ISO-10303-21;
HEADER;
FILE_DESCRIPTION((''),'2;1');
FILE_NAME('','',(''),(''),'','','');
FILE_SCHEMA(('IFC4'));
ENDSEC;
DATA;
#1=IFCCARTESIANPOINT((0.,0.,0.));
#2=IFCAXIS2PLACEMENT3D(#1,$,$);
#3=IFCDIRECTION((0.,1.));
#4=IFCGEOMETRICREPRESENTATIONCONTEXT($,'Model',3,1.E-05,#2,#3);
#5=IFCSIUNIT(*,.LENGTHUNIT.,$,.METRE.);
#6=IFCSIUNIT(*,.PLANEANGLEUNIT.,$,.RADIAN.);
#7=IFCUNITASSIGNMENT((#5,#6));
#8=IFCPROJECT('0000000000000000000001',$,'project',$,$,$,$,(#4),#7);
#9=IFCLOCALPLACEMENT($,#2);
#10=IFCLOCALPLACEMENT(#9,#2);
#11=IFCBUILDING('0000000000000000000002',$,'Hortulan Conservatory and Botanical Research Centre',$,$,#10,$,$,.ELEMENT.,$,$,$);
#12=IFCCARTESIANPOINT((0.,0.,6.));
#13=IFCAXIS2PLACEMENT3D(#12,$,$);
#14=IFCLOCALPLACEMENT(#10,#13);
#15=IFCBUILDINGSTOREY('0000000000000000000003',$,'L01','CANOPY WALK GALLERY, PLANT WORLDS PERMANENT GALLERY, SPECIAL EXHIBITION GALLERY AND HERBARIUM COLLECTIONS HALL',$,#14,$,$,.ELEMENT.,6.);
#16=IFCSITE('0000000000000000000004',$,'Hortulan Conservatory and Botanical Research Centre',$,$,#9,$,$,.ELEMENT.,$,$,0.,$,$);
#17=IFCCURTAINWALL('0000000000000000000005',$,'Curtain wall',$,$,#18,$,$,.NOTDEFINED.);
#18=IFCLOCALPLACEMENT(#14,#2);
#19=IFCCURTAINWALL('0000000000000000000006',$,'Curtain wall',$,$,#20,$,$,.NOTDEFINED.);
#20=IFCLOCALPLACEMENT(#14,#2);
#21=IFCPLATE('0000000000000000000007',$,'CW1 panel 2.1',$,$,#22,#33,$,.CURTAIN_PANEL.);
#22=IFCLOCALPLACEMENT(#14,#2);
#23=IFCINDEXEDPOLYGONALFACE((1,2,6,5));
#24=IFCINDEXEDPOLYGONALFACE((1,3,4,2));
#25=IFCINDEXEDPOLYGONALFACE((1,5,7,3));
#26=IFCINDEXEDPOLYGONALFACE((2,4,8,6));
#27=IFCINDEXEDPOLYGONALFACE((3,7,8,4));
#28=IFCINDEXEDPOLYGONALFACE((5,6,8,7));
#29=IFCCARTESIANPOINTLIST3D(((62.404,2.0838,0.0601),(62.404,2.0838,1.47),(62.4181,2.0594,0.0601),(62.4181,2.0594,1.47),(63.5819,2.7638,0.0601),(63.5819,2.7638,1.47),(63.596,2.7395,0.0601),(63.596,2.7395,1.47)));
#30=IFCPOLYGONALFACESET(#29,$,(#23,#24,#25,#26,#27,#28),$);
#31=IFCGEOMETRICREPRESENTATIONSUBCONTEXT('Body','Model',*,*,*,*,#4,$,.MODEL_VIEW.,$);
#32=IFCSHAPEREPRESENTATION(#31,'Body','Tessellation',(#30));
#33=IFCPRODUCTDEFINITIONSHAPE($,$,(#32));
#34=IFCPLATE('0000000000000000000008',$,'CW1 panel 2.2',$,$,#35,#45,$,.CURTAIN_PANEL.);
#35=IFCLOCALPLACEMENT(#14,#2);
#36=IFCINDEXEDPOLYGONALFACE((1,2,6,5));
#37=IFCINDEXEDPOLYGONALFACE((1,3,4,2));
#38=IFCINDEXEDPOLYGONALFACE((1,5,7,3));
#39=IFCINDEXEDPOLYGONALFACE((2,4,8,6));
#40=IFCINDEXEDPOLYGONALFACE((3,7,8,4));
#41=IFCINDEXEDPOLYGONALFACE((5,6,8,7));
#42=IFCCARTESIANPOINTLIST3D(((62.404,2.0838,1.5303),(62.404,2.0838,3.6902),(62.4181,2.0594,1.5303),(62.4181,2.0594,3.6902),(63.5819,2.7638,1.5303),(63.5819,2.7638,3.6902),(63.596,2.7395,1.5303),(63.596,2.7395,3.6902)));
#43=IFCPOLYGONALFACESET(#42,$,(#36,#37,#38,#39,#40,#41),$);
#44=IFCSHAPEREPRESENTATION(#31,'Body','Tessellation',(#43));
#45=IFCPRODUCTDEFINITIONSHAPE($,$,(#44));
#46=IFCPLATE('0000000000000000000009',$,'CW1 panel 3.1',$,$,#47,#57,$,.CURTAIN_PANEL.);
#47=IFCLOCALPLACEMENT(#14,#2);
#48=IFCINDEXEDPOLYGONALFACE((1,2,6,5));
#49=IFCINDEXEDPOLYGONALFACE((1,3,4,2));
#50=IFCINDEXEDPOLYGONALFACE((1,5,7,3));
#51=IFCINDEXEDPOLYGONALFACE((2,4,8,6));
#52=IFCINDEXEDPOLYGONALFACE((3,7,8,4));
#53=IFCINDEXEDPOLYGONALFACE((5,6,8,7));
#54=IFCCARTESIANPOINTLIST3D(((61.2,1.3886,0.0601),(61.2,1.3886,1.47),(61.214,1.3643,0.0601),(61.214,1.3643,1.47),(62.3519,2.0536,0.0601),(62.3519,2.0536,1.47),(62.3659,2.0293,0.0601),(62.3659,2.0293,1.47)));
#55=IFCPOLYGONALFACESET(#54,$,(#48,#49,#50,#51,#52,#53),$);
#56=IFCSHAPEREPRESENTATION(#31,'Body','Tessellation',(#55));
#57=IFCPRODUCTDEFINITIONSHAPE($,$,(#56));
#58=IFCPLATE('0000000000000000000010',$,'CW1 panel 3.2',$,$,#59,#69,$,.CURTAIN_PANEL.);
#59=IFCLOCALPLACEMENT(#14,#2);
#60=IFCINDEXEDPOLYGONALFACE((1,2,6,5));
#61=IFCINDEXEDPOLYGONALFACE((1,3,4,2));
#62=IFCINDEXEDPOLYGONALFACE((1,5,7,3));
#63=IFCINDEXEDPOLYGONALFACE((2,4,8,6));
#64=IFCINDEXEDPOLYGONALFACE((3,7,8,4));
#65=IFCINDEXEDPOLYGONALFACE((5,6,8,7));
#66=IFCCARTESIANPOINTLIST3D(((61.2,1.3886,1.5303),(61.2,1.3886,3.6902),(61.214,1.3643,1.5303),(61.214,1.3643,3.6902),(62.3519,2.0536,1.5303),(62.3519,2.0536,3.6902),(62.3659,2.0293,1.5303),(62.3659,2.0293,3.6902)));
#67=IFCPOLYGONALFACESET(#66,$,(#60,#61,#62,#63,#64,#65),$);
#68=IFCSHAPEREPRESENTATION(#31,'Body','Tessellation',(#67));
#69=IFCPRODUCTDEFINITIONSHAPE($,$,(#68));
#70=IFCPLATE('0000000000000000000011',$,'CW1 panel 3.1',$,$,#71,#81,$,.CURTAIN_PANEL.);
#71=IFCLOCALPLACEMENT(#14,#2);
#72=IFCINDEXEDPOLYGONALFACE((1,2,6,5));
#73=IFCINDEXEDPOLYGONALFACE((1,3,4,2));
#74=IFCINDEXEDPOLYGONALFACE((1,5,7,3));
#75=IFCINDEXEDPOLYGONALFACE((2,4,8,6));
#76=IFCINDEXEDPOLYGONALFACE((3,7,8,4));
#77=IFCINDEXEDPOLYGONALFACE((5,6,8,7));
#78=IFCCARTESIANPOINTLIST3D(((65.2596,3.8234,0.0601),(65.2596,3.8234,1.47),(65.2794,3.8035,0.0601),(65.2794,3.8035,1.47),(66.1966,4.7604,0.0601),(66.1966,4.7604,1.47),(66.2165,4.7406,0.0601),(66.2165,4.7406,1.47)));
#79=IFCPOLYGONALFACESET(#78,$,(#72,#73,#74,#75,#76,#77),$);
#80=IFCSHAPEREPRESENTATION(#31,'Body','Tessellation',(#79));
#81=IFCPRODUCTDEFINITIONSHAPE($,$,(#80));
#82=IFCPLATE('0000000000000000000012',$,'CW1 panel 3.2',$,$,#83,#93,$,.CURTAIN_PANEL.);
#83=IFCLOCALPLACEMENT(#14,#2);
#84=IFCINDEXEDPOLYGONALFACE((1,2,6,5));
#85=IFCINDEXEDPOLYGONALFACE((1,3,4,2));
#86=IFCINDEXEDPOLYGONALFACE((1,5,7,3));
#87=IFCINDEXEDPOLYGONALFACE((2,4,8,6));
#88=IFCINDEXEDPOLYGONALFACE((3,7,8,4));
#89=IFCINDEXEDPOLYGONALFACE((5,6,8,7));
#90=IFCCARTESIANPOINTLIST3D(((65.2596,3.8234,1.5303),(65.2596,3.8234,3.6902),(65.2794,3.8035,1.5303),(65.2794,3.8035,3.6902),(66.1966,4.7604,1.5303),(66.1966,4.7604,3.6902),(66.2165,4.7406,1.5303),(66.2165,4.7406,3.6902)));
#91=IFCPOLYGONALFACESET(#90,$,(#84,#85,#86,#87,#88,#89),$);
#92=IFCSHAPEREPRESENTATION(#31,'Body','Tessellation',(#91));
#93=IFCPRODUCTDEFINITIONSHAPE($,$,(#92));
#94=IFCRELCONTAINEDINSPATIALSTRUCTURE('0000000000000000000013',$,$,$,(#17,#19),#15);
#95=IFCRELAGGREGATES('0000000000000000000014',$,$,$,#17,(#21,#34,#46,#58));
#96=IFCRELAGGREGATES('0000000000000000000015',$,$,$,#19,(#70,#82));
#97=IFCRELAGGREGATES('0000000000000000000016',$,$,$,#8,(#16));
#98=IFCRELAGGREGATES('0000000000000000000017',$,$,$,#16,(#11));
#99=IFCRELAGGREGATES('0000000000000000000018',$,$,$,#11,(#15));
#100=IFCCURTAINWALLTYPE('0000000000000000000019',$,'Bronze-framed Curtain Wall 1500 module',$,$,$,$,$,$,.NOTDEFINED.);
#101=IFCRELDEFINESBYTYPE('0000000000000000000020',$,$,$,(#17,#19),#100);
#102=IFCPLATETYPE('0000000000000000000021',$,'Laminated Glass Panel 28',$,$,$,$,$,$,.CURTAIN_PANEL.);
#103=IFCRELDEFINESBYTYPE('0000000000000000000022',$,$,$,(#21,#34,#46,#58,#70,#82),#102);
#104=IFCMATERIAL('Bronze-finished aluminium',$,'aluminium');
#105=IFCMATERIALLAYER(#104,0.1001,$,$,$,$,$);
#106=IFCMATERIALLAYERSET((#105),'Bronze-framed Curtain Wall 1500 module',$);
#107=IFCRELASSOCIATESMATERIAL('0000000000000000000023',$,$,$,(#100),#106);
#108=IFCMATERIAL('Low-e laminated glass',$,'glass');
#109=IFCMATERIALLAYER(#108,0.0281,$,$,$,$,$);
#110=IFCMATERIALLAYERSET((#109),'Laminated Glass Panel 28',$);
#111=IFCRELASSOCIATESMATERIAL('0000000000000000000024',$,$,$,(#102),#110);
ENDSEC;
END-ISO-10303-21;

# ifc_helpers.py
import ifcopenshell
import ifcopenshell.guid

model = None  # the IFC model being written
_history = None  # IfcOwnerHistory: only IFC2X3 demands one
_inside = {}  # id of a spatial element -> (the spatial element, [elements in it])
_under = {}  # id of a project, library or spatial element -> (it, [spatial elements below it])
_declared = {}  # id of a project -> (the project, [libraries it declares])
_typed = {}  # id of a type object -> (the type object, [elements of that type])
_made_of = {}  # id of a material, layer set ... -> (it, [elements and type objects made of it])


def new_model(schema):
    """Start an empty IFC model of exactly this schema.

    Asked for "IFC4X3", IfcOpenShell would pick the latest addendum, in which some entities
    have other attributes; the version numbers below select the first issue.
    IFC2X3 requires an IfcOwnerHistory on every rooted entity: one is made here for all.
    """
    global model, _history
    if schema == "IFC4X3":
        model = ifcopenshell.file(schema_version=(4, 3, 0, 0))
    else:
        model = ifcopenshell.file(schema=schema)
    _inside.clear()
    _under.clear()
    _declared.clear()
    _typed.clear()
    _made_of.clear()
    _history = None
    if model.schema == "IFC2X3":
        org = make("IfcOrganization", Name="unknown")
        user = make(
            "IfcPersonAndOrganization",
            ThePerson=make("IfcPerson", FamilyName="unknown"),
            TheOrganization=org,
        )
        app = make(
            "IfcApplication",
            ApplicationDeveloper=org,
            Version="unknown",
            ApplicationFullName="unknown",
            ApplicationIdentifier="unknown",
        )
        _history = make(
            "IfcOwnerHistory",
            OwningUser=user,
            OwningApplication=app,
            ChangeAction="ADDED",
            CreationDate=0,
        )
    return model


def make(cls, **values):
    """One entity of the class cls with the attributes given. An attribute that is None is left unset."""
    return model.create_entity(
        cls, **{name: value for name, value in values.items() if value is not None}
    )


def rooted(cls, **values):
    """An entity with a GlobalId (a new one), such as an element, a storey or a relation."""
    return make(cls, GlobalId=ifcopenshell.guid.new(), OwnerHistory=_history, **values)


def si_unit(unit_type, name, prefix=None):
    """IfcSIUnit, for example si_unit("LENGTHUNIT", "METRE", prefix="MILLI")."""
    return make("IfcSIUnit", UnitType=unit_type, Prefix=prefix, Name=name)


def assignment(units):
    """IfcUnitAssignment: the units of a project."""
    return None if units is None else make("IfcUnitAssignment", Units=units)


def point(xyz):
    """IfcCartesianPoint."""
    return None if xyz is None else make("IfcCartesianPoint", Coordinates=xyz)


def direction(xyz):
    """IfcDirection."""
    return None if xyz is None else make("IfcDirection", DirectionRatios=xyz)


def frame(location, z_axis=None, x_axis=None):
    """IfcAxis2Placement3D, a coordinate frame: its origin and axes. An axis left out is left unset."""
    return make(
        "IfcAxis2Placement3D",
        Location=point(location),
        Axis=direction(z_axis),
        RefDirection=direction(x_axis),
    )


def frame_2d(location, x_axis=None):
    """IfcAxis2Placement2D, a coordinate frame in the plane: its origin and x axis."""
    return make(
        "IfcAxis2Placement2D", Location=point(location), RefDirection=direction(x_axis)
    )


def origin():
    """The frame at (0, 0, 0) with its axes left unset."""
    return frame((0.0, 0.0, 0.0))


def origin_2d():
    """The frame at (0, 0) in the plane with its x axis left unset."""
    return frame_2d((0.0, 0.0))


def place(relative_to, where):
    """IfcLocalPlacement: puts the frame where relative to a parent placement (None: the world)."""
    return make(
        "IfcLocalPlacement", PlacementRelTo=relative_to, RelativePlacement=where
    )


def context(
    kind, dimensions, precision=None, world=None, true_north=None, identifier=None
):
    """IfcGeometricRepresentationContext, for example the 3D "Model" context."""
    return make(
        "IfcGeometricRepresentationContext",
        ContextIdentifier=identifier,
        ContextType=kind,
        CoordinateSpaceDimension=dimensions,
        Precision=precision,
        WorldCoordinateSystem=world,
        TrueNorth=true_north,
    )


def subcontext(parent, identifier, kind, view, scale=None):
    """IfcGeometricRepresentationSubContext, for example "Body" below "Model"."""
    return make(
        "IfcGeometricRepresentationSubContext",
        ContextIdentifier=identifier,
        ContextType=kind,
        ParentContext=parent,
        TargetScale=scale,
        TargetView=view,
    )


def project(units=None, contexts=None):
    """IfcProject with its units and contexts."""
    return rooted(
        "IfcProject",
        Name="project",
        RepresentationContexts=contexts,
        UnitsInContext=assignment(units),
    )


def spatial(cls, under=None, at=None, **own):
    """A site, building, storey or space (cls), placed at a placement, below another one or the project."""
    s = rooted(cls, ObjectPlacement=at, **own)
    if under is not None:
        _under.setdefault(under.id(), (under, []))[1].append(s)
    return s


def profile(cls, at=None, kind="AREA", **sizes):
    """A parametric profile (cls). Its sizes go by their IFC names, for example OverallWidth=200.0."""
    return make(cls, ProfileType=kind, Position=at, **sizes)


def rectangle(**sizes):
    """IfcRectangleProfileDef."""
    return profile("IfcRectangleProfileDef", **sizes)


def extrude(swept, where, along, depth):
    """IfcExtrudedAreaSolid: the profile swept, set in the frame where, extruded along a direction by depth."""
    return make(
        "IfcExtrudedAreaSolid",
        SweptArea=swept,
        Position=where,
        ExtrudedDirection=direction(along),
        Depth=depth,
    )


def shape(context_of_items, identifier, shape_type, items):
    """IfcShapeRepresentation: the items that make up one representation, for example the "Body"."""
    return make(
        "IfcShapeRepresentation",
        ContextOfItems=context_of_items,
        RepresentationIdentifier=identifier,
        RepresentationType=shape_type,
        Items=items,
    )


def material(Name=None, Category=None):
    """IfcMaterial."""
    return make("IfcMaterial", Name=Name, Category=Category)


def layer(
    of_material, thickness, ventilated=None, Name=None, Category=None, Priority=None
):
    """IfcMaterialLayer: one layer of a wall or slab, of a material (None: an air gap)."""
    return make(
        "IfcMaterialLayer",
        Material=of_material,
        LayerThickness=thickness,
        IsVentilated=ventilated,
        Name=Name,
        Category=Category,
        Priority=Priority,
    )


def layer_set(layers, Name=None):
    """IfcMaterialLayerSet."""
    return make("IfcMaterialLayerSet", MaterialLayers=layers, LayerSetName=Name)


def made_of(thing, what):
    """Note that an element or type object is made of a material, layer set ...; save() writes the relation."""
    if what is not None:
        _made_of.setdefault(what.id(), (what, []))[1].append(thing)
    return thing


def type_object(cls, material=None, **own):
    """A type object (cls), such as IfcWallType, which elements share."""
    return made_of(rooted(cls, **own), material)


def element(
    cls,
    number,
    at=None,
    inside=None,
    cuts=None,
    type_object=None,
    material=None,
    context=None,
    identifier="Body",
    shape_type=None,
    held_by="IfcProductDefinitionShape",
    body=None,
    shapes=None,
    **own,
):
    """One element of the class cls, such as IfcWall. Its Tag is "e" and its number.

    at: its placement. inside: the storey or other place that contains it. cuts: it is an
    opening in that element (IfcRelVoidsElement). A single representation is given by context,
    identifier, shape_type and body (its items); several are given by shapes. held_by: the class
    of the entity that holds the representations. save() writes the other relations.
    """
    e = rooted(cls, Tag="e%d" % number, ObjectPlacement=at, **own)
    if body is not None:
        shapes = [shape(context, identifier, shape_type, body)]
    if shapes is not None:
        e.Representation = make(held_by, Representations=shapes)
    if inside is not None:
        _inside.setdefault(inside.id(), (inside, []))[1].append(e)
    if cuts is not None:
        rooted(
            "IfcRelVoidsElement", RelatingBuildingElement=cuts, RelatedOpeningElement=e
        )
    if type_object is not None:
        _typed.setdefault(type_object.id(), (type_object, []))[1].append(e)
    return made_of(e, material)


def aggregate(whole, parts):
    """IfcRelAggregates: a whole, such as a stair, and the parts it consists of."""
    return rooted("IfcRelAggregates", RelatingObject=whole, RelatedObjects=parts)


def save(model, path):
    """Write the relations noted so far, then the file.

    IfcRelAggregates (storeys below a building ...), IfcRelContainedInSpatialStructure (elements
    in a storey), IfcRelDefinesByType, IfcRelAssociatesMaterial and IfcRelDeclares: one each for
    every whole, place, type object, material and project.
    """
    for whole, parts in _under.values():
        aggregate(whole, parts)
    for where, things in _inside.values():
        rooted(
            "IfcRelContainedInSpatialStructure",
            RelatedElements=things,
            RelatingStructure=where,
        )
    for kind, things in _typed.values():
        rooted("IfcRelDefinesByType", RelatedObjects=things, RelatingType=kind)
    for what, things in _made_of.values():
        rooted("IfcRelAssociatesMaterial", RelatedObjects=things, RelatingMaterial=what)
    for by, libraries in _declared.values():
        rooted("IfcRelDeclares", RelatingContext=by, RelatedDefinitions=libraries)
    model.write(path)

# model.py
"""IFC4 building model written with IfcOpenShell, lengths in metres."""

from ifc_helpers import new_model, si_unit, direction, frame, origin, origin_2d, place, context, subcontext, project, spatial, rectangle, extrude, material, layer, layer_set, type_object, element, aggregate, save


model = new_model("IFC4")

# Units and contexts
model_context = context("Model", 3, precision=1e-05, world=origin(), true_north=direction((0.0, 1.0)))
body_context = subcontext(model_context, "Body", "Model", "MODEL_VIEW")
ifc_project = project(units=[si_unit("LENGTHUNIT", "METRE"), si_unit("PLANEANGLEUNIT", "RADIAN")], contexts=[model_context])

# Site, building, storey
site_placement = place(None, origin())
site = spatial("IfcSite", under=ifc_project, at=site_placement, Name="Hortulan Conservatory and Botanical Research Centre", CompositionType="ELEMENT", RefElevation=0.0)
building_placement = place(site_placement, origin())
building = spatial("IfcBuilding", under=site, at=building_placement, Name="Hortulan Conservatory and Botanical Research Centre", CompositionType="ELEMENT")
storey_placement = place(building_placement, frame((0.0, 0.0, 6.0)))
storey = spatial("IfcBuildingStorey", under=building, at=storey_placement, Name="L01", Description="CANOPY WALK GALLERY, PLANT WORLDS PERMANENT GALLERY, SPECIAL EXHIBITION GALLERY AND HERBARIUM COLLECTIONS HALL", CompositionType="ELEMENT", Elevation=6.0)

# Curtain wall
ifc_material_1 = material(Name="Bronze-finished aluminium", Category="aluminium")
ifc_layer_1 = layer(ifc_material_1, 0.1001)
ifc_layer_set_1 = layer_set([ifc_layer_1], Name="Bronze-framed Curtain Wall 1500 module")
curtain_wall_type = type_object("IfcCurtainWallType", Name="Bronze-framed Curtain Wall 1500 module", PredefinedType="NOTDEFINED", material=ifc_layer_set_1)
curtain_wall_1_placement = place(storey_placement, origin())
curtain_wall_1 = element("IfcCurtainWall", 1, at=curtain_wall_1_placement, inside=storey, type_object=curtain_wall_type, Name="Curtain wall", PredefinedType="NOTDEFINED")

# Curtain wall
curtain_wall_2_placement = place(storey_placement, origin())
curtain_wall_2 = element("IfcCurtainWall", 2, at=curtain_wall_2_placement, inside=storey, type_object=curtain_wall_type, Name="Curtain wall", PredefinedType="NOTDEFINED")

# Plates
ifc_material_2 = material(Name="Low-e laminated glass", Category="glass")
ifc_layer_2 = layer(ifc_material_2, 0.0281)
ifc_layer_set_2 = layer_set([ifc_layer_2], Name="Laminated Glass Panel 28")
plate_type = type_object("IfcPlateType", Name="Laminated Glass Panel 28", PredefinedType="CURTAIN_PANEL", material=ifc_layer_set_2)
plate_1_placement = place(storey_placement, frame((63.0, 2.4116, 0.0601), z_axis=(0.0, 0.0, 1.0), x_axis=(-0.866036, -0.499981, 0.0)))
plate_1 = element("IfcPlate", 3, at=plate_1_placement, type_object=plate_type, Name="CW1 panel 2.1", PredefinedType="CURTAIN_PANEL", context=body_context, shape_type="SweptSolid", body=[
    extrude(rectangle(XDim=1.3601, YDim=0.0281, at=origin_2d()), origin(), (0.0, 0.0, 1.0), 1.4099),
])
plate_2_placement = place(storey_placement, frame((63.0, 2.4116, 1.5303), z_axis=(0.0, 0.0, 1.0), x_axis=(-0.866036, -0.499981, 0.0)))
plate_2 = element("IfcPlate", 4, at=plate_2_placement, type_object=plate_type, Name="CW1 panel 2.2", PredefinedType="CURTAIN_PANEL", context=body_context, shape_type="SweptSolid", body=[
    extrude(rectangle(XDim=1.3601, YDim=0.0281, at=origin_2d()), origin(), (0.0, 0.0, 1.0), 2.1599),
])
plate_3_placement = place(storey_placement, frame((61.783, 1.709, 0.0601), z_axis=(0.0, 0.0, 1.0), x_axis=(-0.866036, -0.499981, 0.0)))
plate_3 = element("IfcPlate", 5, at=plate_3_placement, type_object=plate_type, Name="CW1 panel 3.1", PredefinedType="CURTAIN_PANEL", context=body_context, shape_type="SweptSolid", body=[
    extrude(rectangle(XDim=1.3301, YDim=0.0281, at=origin_2d()), origin(), (0.0, 0.0, 1.0), 1.4099),
])
plate_4_placement = place(storey_placement, frame((61.783, 1.709, 1.5303), z_axis=(0.0, 0.0, 1.0), x_axis=(-0.866036, -0.499981, 0.0)))
plate_4 = element("IfcPlate", 6, at=plate_4_placement, type_object=plate_type, Name="CW1 panel 3.2", PredefinedType="CURTAIN_PANEL", context=body_context, shape_type="SweptSolid", body=[
    extrude(rectangle(XDim=1.3301, YDim=0.0281, at=origin_2d()), origin(), (0.0, 0.0, 1.0), 2.1599),
])
aggregate(curtain_wall_1, [plate_1, plate_2, plate_3, plate_4])
plate_5_placement = place(storey_placement, frame((65.738, 4.282, 0.0601), z_axis=(0.0, 0.0, 1.0), x_axis=(-0.707107, -0.707107, 0.0)))
plate_5 = element("IfcPlate", 7, at=plate_5_placement, type_object=plate_type, Name="CW1 panel 3.1", PredefinedType="CURTAIN_PANEL", context=body_context, shape_type="SweptSolid", body=[
    extrude(rectangle(XDim=1.3252, YDim=0.0281, at=origin_2d()), origin(), (0.0, 0.0, 1.0), 1.4099),
])
plate_6_placement = place(storey_placement, frame((65.738, 4.282, 1.5303), z_axis=(0.0, 0.0, 1.0), x_axis=(-0.707107, -0.707107, 0.0)))
plate_6 = element("IfcPlate", 8, at=plate_6_placement, type_object=plate_type, Name="CW1 panel 3.2", PredefinedType="CURTAIN_PANEL", context=body_context, shape_type="SweptSolid", body=[
    extrude(rectangle(XDim=1.3252, YDim=0.0281, at=origin_2d()), origin(), (0.0, 0.0, 1.0), 2.1599),
])
aggregate(curtain_wall_2, [plate_5, plate_6])

save(model, "model.ifc")
